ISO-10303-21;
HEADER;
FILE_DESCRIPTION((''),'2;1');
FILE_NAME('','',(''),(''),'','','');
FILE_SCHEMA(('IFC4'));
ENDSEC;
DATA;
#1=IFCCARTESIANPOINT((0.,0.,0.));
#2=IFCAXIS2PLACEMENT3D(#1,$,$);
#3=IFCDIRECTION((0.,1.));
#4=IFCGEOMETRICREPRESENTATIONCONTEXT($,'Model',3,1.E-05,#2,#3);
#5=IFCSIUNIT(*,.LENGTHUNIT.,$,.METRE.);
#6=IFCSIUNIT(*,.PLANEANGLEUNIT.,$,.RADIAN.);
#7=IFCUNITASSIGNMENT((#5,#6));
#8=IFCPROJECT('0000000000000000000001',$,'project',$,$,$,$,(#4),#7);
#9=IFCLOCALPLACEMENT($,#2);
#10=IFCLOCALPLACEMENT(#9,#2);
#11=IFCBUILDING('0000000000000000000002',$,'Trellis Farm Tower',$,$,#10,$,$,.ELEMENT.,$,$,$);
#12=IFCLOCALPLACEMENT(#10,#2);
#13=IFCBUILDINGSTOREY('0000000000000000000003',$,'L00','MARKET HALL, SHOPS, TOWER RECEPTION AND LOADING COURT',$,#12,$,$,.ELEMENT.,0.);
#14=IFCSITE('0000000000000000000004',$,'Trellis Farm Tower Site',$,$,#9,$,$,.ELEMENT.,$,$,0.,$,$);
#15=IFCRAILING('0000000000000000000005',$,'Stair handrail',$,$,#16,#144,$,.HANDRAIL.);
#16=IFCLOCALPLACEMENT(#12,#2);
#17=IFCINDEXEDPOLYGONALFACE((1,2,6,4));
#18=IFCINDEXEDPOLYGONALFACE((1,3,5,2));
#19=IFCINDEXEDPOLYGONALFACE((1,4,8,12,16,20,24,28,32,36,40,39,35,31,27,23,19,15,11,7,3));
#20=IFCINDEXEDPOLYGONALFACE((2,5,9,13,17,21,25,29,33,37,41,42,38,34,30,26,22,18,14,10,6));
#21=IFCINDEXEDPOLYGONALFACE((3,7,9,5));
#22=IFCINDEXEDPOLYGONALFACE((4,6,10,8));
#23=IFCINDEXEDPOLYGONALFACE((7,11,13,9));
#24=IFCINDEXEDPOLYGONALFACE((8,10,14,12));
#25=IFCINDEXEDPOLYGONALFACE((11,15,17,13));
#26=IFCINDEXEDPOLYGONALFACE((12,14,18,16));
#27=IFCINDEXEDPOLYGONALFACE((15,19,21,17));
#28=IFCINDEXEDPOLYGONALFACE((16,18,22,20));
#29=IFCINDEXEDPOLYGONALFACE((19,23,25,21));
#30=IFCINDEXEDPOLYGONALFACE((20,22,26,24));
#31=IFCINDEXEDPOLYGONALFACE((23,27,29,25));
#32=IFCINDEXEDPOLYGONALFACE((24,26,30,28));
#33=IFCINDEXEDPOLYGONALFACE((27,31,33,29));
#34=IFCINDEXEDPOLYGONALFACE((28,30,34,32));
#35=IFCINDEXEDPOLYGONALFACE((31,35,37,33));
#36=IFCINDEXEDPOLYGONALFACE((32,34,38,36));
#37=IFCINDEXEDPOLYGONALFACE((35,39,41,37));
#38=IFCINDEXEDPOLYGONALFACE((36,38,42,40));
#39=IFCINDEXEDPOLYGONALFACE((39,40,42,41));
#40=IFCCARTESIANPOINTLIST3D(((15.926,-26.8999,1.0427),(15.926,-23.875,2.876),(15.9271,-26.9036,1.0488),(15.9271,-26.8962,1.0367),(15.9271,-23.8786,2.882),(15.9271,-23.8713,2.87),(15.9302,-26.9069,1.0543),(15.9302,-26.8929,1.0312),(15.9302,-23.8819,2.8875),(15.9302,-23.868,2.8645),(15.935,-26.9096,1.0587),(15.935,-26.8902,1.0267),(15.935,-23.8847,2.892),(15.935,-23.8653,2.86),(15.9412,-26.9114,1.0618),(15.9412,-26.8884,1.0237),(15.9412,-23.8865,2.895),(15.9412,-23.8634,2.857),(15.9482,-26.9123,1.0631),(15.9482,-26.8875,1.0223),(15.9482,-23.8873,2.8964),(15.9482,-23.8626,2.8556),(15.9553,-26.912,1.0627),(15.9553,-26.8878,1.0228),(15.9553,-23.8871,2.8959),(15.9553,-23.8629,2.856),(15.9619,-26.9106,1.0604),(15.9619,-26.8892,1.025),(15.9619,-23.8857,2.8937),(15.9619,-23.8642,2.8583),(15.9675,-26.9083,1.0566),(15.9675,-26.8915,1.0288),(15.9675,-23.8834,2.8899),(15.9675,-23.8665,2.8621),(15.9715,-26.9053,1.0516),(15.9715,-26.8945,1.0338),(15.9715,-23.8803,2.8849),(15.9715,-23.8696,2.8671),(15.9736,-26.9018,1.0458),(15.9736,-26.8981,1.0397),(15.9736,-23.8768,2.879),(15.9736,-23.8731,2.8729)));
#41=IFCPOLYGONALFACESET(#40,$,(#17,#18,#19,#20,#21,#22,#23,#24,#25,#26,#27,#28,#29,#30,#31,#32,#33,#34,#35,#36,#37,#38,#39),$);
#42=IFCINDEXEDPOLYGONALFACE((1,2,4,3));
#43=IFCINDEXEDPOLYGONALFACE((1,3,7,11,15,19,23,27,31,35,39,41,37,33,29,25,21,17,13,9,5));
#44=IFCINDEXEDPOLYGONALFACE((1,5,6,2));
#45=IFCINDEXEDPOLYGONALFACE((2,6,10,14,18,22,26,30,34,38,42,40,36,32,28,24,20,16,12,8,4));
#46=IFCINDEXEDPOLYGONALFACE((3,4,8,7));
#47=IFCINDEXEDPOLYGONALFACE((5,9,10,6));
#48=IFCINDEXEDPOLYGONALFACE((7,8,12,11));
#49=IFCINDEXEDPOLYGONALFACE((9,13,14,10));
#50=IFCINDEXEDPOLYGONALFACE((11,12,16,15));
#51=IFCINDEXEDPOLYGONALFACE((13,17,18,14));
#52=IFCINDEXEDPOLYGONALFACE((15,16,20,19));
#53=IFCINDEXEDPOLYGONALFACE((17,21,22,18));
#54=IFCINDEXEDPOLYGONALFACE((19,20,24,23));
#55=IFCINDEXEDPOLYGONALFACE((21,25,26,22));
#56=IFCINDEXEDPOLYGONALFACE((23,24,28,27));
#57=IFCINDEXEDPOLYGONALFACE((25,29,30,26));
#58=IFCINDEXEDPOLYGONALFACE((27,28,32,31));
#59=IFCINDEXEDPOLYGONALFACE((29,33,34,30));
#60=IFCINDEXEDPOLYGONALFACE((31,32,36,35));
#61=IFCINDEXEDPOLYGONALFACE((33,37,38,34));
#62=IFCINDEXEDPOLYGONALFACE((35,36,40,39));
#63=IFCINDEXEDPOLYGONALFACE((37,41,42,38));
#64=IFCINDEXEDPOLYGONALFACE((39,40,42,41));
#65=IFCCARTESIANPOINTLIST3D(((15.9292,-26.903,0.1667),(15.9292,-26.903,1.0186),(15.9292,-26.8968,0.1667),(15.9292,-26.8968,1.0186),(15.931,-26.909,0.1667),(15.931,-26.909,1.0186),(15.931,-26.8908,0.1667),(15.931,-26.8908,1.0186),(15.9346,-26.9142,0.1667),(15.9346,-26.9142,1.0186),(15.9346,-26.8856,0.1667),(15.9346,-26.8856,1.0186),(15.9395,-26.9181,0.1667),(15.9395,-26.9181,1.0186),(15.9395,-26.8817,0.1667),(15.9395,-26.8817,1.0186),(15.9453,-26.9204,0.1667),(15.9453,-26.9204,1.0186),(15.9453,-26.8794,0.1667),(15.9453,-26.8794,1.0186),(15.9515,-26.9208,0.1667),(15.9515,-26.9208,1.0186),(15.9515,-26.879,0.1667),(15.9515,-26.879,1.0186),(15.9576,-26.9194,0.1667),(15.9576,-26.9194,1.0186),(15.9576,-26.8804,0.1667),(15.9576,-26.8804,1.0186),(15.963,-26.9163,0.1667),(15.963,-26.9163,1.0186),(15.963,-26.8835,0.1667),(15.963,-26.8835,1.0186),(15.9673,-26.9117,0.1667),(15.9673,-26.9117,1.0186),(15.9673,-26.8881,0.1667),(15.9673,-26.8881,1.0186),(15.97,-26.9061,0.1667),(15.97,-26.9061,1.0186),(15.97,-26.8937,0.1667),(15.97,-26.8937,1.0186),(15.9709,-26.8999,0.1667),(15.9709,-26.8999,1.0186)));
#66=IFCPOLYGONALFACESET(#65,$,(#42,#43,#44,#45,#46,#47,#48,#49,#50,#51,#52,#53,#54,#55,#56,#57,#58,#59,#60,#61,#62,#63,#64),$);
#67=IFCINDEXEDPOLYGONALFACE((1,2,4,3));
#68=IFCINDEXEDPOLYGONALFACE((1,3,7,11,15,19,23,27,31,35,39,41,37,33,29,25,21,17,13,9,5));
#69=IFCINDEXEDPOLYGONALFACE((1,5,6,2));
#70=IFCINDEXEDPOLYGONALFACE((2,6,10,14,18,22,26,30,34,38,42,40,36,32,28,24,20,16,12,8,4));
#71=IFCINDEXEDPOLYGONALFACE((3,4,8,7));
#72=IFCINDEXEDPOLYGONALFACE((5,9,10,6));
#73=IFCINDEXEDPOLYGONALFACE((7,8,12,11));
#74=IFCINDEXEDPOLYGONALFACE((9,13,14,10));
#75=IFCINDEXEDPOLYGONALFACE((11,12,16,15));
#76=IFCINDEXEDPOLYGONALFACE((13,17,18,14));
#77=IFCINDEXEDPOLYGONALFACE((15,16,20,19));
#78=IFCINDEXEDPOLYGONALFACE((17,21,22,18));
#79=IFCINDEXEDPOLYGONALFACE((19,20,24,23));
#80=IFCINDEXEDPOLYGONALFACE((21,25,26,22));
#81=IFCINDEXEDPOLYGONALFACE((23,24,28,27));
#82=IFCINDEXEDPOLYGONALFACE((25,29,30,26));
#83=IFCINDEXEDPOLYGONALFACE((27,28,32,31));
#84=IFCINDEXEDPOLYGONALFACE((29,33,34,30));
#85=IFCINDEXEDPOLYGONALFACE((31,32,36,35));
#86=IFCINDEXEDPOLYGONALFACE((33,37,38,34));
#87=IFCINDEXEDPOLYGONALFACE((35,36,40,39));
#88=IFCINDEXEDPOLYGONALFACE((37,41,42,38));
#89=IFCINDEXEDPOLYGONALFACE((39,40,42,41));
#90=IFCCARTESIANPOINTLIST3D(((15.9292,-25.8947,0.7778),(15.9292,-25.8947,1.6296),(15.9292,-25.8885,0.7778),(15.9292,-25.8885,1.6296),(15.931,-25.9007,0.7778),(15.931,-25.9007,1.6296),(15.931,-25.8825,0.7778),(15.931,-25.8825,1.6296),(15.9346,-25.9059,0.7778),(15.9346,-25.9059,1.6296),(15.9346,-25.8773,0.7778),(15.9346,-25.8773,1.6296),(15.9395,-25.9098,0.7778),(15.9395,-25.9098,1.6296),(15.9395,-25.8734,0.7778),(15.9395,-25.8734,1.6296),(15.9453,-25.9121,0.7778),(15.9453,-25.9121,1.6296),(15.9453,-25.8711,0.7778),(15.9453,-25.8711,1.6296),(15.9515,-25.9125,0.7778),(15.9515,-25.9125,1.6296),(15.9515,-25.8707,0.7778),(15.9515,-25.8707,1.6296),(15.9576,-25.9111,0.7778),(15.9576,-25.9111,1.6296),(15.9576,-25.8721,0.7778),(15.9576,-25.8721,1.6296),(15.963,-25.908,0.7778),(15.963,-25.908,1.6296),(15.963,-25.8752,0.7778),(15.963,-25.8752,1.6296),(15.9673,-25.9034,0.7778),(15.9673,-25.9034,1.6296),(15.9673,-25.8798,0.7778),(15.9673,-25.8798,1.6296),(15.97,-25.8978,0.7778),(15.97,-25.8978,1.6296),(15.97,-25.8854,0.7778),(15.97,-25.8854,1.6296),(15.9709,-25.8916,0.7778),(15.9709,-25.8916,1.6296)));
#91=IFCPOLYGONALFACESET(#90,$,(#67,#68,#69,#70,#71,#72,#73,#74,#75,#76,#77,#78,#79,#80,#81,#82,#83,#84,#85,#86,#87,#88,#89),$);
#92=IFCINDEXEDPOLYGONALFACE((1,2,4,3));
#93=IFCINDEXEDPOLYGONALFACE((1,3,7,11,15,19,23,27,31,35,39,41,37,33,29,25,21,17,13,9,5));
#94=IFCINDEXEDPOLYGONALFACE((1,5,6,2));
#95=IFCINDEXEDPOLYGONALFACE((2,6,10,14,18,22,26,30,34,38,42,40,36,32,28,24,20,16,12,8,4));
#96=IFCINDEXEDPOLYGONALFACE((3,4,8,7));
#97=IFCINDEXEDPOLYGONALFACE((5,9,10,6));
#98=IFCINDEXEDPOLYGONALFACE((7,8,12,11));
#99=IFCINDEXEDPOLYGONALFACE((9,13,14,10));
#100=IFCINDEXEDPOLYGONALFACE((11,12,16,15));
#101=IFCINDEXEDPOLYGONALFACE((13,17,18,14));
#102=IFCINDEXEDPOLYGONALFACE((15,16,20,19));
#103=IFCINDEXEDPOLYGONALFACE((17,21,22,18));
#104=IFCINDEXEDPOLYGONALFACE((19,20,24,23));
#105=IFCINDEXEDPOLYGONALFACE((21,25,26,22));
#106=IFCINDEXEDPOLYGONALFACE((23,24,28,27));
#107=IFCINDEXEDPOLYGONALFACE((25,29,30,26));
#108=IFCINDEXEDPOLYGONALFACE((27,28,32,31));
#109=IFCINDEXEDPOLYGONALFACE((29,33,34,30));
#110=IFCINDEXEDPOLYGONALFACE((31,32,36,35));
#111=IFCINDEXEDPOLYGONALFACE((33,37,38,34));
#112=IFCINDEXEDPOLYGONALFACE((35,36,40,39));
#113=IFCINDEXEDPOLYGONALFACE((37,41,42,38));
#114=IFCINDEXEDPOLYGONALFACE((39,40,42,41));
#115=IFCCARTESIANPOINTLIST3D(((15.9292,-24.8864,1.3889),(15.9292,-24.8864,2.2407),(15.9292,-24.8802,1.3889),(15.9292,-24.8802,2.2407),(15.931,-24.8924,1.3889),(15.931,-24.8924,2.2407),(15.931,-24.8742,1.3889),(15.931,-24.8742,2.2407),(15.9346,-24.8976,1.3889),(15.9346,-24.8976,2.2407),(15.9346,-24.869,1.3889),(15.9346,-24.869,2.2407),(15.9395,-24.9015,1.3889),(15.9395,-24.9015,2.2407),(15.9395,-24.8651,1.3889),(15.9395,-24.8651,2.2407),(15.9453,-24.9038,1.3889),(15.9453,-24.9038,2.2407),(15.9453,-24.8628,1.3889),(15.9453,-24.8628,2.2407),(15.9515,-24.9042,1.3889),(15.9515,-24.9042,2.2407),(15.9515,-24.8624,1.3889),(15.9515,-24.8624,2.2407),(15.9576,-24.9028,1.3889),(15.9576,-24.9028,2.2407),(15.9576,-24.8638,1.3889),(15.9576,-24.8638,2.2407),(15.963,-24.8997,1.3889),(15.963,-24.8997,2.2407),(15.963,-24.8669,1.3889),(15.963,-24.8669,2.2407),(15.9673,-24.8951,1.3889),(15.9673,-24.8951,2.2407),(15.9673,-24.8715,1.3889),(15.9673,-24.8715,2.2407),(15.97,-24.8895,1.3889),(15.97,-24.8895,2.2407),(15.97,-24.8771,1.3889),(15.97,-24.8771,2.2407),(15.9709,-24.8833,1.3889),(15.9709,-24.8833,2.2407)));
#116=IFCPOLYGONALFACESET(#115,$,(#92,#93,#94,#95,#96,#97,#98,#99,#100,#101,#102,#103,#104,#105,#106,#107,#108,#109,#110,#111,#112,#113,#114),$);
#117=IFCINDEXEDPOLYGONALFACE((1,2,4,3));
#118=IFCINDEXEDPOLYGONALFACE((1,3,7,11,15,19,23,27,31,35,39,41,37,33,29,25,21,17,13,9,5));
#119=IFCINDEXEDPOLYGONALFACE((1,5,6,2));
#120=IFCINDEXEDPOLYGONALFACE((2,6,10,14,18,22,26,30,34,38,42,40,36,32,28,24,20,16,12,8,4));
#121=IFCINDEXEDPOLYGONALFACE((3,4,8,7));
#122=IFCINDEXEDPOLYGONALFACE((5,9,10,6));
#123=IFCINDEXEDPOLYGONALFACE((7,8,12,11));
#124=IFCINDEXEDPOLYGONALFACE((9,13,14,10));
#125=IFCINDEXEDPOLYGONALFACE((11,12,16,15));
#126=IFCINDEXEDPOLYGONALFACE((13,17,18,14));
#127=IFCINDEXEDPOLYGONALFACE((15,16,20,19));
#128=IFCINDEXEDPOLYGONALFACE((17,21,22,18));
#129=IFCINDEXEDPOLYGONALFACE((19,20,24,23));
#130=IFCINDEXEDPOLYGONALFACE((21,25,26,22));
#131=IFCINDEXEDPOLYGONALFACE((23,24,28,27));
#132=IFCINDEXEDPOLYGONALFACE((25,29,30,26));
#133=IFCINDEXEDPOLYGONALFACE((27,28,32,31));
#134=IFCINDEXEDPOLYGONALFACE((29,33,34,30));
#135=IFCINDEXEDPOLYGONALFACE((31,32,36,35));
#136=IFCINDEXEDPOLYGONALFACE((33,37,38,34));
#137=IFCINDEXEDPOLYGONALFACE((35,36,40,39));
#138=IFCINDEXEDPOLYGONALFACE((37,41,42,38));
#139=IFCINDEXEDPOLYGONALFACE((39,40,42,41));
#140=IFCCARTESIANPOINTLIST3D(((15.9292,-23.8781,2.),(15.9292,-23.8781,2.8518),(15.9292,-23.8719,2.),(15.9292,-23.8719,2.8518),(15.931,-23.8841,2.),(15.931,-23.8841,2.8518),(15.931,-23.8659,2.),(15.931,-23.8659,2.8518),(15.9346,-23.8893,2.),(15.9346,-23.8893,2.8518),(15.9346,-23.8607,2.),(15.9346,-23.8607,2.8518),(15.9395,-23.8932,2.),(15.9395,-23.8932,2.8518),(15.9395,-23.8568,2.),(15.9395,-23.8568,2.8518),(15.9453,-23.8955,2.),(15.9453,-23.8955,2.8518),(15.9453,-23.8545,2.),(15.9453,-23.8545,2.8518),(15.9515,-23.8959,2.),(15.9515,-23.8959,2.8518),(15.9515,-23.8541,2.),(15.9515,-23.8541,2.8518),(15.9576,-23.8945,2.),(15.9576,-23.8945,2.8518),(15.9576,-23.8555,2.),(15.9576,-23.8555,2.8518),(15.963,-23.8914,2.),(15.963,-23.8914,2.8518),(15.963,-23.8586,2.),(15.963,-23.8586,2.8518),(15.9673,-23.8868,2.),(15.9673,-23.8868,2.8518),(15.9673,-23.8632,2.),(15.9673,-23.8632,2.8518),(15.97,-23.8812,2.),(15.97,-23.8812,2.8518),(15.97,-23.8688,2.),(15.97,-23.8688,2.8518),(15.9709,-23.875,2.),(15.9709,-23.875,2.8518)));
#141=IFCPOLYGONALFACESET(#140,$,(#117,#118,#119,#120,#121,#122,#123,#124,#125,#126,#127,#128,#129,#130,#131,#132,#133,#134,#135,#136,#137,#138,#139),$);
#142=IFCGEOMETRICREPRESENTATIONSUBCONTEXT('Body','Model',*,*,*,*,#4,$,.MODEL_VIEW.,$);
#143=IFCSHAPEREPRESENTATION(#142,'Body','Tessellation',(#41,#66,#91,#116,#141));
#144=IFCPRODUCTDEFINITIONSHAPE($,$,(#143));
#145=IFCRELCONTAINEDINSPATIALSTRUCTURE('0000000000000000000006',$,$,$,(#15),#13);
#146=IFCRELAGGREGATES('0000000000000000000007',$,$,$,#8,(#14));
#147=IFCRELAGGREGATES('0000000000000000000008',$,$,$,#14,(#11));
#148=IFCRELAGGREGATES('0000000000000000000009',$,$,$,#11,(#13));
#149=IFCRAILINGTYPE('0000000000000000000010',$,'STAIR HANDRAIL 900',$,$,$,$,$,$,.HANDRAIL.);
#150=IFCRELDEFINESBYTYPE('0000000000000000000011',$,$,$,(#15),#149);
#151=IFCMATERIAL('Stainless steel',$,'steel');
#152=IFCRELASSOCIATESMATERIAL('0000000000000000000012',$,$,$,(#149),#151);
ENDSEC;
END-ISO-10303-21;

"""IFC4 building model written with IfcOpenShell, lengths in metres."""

from ifc_helpers import new_model, si_unit, direction, frame, origin, origin_2d, place, context, subcontext, project, spatial, circle, extrude, source, transform, mapped, material, type_object, element, save


model = new_model("IFC4")

# Units and contexts
model_context = context("Model", 3, precision=1e-05, world=origin(), true_north=direction((0.0, 1.0)))
body_context = subcontext(model_context, "Body", "Model", "MODEL_VIEW")
ifc_project = project(units=[si_unit("LENGTHUNIT", "METRE"), si_unit("PLANEANGLEUNIT", "RADIAN")], contexts=[model_context])

# Site, building, storey
site_placement = place(None, origin())
site = spatial("IfcSite", under=ifc_project, at=site_placement, Name="Trellis Farm Tower Site", CompositionType="ELEMENT", RefElevation=0.0)
building_placement = place(site_placement, origin())
building = spatial("IfcBuilding", under=site, at=building_placement, Name="Trellis Farm Tower", CompositionType="ELEMENT")
storey_placement = place(building_placement, origin())
storey = spatial("IfcBuildingStorey", under=building, at=storey_placement, Name="L00", Description="MARKET HALL, SHOPS, TOWER RECEPTION AND LOADING COURT", CompositionType="ELEMENT", Elevation=0.0)

# Railing
ifc_material_1 = material(Name="Stainless steel", Category="steel")
railing_type = type_object("IfcRailingType", Name="STAIR HANDRAIL 900", PredefinedType="HANDRAIL", material=ifc_material_1)
shared_shape_1 = source(origin(), body_context, "Body", "SweptSolid", [
    extrude(circle(Radius=0.0239, at=origin_2d()), frame((0.0, 0.0, 0.876), z_axis=(0.0, 0.855201, 0.518297), x_axis=(-1.0, 0.0, 0.0)), (0.0, 0.0, 1.0), 3.5371),
    extrude(circle(Radius=0.021, at=origin_2d()), origin(), (0.0, 0.0, 1.0), 0.8518),
    extrude(circle(Radius=0.021, at=origin_2d()), frame((0.0, 1.0083, 0.6111)), (0.0, 0.0, 1.0), 0.8518),
    extrude(circle(Radius=0.021, at=origin_2d()), frame((0.0, 2.0166, 1.2222)), (0.0, 0.0, 1.0), 0.8518),
    extrude(circle(Radius=0.021, at=origin_2d()), frame((0.0, 3.0249, 1.8333)), (0.0, 0.0, 1.0), 0.8518),
])
for number, where, name in (
    (1, (15.95, -26.8999, 0.1667), "Stair handrail"),
):
    element("IfcRailing", number, at=place(storey_placement, frame(where)), inside=storey, type_object=railing_type, Name=name, PredefinedType="HANDRAIL", context=body_context, shape_type="MappedRepresentation", body=[
        mapped(shared_shape_1, transform((0.0, 0.0, 0.0))),
    ])

save(model, "model.ifc")
